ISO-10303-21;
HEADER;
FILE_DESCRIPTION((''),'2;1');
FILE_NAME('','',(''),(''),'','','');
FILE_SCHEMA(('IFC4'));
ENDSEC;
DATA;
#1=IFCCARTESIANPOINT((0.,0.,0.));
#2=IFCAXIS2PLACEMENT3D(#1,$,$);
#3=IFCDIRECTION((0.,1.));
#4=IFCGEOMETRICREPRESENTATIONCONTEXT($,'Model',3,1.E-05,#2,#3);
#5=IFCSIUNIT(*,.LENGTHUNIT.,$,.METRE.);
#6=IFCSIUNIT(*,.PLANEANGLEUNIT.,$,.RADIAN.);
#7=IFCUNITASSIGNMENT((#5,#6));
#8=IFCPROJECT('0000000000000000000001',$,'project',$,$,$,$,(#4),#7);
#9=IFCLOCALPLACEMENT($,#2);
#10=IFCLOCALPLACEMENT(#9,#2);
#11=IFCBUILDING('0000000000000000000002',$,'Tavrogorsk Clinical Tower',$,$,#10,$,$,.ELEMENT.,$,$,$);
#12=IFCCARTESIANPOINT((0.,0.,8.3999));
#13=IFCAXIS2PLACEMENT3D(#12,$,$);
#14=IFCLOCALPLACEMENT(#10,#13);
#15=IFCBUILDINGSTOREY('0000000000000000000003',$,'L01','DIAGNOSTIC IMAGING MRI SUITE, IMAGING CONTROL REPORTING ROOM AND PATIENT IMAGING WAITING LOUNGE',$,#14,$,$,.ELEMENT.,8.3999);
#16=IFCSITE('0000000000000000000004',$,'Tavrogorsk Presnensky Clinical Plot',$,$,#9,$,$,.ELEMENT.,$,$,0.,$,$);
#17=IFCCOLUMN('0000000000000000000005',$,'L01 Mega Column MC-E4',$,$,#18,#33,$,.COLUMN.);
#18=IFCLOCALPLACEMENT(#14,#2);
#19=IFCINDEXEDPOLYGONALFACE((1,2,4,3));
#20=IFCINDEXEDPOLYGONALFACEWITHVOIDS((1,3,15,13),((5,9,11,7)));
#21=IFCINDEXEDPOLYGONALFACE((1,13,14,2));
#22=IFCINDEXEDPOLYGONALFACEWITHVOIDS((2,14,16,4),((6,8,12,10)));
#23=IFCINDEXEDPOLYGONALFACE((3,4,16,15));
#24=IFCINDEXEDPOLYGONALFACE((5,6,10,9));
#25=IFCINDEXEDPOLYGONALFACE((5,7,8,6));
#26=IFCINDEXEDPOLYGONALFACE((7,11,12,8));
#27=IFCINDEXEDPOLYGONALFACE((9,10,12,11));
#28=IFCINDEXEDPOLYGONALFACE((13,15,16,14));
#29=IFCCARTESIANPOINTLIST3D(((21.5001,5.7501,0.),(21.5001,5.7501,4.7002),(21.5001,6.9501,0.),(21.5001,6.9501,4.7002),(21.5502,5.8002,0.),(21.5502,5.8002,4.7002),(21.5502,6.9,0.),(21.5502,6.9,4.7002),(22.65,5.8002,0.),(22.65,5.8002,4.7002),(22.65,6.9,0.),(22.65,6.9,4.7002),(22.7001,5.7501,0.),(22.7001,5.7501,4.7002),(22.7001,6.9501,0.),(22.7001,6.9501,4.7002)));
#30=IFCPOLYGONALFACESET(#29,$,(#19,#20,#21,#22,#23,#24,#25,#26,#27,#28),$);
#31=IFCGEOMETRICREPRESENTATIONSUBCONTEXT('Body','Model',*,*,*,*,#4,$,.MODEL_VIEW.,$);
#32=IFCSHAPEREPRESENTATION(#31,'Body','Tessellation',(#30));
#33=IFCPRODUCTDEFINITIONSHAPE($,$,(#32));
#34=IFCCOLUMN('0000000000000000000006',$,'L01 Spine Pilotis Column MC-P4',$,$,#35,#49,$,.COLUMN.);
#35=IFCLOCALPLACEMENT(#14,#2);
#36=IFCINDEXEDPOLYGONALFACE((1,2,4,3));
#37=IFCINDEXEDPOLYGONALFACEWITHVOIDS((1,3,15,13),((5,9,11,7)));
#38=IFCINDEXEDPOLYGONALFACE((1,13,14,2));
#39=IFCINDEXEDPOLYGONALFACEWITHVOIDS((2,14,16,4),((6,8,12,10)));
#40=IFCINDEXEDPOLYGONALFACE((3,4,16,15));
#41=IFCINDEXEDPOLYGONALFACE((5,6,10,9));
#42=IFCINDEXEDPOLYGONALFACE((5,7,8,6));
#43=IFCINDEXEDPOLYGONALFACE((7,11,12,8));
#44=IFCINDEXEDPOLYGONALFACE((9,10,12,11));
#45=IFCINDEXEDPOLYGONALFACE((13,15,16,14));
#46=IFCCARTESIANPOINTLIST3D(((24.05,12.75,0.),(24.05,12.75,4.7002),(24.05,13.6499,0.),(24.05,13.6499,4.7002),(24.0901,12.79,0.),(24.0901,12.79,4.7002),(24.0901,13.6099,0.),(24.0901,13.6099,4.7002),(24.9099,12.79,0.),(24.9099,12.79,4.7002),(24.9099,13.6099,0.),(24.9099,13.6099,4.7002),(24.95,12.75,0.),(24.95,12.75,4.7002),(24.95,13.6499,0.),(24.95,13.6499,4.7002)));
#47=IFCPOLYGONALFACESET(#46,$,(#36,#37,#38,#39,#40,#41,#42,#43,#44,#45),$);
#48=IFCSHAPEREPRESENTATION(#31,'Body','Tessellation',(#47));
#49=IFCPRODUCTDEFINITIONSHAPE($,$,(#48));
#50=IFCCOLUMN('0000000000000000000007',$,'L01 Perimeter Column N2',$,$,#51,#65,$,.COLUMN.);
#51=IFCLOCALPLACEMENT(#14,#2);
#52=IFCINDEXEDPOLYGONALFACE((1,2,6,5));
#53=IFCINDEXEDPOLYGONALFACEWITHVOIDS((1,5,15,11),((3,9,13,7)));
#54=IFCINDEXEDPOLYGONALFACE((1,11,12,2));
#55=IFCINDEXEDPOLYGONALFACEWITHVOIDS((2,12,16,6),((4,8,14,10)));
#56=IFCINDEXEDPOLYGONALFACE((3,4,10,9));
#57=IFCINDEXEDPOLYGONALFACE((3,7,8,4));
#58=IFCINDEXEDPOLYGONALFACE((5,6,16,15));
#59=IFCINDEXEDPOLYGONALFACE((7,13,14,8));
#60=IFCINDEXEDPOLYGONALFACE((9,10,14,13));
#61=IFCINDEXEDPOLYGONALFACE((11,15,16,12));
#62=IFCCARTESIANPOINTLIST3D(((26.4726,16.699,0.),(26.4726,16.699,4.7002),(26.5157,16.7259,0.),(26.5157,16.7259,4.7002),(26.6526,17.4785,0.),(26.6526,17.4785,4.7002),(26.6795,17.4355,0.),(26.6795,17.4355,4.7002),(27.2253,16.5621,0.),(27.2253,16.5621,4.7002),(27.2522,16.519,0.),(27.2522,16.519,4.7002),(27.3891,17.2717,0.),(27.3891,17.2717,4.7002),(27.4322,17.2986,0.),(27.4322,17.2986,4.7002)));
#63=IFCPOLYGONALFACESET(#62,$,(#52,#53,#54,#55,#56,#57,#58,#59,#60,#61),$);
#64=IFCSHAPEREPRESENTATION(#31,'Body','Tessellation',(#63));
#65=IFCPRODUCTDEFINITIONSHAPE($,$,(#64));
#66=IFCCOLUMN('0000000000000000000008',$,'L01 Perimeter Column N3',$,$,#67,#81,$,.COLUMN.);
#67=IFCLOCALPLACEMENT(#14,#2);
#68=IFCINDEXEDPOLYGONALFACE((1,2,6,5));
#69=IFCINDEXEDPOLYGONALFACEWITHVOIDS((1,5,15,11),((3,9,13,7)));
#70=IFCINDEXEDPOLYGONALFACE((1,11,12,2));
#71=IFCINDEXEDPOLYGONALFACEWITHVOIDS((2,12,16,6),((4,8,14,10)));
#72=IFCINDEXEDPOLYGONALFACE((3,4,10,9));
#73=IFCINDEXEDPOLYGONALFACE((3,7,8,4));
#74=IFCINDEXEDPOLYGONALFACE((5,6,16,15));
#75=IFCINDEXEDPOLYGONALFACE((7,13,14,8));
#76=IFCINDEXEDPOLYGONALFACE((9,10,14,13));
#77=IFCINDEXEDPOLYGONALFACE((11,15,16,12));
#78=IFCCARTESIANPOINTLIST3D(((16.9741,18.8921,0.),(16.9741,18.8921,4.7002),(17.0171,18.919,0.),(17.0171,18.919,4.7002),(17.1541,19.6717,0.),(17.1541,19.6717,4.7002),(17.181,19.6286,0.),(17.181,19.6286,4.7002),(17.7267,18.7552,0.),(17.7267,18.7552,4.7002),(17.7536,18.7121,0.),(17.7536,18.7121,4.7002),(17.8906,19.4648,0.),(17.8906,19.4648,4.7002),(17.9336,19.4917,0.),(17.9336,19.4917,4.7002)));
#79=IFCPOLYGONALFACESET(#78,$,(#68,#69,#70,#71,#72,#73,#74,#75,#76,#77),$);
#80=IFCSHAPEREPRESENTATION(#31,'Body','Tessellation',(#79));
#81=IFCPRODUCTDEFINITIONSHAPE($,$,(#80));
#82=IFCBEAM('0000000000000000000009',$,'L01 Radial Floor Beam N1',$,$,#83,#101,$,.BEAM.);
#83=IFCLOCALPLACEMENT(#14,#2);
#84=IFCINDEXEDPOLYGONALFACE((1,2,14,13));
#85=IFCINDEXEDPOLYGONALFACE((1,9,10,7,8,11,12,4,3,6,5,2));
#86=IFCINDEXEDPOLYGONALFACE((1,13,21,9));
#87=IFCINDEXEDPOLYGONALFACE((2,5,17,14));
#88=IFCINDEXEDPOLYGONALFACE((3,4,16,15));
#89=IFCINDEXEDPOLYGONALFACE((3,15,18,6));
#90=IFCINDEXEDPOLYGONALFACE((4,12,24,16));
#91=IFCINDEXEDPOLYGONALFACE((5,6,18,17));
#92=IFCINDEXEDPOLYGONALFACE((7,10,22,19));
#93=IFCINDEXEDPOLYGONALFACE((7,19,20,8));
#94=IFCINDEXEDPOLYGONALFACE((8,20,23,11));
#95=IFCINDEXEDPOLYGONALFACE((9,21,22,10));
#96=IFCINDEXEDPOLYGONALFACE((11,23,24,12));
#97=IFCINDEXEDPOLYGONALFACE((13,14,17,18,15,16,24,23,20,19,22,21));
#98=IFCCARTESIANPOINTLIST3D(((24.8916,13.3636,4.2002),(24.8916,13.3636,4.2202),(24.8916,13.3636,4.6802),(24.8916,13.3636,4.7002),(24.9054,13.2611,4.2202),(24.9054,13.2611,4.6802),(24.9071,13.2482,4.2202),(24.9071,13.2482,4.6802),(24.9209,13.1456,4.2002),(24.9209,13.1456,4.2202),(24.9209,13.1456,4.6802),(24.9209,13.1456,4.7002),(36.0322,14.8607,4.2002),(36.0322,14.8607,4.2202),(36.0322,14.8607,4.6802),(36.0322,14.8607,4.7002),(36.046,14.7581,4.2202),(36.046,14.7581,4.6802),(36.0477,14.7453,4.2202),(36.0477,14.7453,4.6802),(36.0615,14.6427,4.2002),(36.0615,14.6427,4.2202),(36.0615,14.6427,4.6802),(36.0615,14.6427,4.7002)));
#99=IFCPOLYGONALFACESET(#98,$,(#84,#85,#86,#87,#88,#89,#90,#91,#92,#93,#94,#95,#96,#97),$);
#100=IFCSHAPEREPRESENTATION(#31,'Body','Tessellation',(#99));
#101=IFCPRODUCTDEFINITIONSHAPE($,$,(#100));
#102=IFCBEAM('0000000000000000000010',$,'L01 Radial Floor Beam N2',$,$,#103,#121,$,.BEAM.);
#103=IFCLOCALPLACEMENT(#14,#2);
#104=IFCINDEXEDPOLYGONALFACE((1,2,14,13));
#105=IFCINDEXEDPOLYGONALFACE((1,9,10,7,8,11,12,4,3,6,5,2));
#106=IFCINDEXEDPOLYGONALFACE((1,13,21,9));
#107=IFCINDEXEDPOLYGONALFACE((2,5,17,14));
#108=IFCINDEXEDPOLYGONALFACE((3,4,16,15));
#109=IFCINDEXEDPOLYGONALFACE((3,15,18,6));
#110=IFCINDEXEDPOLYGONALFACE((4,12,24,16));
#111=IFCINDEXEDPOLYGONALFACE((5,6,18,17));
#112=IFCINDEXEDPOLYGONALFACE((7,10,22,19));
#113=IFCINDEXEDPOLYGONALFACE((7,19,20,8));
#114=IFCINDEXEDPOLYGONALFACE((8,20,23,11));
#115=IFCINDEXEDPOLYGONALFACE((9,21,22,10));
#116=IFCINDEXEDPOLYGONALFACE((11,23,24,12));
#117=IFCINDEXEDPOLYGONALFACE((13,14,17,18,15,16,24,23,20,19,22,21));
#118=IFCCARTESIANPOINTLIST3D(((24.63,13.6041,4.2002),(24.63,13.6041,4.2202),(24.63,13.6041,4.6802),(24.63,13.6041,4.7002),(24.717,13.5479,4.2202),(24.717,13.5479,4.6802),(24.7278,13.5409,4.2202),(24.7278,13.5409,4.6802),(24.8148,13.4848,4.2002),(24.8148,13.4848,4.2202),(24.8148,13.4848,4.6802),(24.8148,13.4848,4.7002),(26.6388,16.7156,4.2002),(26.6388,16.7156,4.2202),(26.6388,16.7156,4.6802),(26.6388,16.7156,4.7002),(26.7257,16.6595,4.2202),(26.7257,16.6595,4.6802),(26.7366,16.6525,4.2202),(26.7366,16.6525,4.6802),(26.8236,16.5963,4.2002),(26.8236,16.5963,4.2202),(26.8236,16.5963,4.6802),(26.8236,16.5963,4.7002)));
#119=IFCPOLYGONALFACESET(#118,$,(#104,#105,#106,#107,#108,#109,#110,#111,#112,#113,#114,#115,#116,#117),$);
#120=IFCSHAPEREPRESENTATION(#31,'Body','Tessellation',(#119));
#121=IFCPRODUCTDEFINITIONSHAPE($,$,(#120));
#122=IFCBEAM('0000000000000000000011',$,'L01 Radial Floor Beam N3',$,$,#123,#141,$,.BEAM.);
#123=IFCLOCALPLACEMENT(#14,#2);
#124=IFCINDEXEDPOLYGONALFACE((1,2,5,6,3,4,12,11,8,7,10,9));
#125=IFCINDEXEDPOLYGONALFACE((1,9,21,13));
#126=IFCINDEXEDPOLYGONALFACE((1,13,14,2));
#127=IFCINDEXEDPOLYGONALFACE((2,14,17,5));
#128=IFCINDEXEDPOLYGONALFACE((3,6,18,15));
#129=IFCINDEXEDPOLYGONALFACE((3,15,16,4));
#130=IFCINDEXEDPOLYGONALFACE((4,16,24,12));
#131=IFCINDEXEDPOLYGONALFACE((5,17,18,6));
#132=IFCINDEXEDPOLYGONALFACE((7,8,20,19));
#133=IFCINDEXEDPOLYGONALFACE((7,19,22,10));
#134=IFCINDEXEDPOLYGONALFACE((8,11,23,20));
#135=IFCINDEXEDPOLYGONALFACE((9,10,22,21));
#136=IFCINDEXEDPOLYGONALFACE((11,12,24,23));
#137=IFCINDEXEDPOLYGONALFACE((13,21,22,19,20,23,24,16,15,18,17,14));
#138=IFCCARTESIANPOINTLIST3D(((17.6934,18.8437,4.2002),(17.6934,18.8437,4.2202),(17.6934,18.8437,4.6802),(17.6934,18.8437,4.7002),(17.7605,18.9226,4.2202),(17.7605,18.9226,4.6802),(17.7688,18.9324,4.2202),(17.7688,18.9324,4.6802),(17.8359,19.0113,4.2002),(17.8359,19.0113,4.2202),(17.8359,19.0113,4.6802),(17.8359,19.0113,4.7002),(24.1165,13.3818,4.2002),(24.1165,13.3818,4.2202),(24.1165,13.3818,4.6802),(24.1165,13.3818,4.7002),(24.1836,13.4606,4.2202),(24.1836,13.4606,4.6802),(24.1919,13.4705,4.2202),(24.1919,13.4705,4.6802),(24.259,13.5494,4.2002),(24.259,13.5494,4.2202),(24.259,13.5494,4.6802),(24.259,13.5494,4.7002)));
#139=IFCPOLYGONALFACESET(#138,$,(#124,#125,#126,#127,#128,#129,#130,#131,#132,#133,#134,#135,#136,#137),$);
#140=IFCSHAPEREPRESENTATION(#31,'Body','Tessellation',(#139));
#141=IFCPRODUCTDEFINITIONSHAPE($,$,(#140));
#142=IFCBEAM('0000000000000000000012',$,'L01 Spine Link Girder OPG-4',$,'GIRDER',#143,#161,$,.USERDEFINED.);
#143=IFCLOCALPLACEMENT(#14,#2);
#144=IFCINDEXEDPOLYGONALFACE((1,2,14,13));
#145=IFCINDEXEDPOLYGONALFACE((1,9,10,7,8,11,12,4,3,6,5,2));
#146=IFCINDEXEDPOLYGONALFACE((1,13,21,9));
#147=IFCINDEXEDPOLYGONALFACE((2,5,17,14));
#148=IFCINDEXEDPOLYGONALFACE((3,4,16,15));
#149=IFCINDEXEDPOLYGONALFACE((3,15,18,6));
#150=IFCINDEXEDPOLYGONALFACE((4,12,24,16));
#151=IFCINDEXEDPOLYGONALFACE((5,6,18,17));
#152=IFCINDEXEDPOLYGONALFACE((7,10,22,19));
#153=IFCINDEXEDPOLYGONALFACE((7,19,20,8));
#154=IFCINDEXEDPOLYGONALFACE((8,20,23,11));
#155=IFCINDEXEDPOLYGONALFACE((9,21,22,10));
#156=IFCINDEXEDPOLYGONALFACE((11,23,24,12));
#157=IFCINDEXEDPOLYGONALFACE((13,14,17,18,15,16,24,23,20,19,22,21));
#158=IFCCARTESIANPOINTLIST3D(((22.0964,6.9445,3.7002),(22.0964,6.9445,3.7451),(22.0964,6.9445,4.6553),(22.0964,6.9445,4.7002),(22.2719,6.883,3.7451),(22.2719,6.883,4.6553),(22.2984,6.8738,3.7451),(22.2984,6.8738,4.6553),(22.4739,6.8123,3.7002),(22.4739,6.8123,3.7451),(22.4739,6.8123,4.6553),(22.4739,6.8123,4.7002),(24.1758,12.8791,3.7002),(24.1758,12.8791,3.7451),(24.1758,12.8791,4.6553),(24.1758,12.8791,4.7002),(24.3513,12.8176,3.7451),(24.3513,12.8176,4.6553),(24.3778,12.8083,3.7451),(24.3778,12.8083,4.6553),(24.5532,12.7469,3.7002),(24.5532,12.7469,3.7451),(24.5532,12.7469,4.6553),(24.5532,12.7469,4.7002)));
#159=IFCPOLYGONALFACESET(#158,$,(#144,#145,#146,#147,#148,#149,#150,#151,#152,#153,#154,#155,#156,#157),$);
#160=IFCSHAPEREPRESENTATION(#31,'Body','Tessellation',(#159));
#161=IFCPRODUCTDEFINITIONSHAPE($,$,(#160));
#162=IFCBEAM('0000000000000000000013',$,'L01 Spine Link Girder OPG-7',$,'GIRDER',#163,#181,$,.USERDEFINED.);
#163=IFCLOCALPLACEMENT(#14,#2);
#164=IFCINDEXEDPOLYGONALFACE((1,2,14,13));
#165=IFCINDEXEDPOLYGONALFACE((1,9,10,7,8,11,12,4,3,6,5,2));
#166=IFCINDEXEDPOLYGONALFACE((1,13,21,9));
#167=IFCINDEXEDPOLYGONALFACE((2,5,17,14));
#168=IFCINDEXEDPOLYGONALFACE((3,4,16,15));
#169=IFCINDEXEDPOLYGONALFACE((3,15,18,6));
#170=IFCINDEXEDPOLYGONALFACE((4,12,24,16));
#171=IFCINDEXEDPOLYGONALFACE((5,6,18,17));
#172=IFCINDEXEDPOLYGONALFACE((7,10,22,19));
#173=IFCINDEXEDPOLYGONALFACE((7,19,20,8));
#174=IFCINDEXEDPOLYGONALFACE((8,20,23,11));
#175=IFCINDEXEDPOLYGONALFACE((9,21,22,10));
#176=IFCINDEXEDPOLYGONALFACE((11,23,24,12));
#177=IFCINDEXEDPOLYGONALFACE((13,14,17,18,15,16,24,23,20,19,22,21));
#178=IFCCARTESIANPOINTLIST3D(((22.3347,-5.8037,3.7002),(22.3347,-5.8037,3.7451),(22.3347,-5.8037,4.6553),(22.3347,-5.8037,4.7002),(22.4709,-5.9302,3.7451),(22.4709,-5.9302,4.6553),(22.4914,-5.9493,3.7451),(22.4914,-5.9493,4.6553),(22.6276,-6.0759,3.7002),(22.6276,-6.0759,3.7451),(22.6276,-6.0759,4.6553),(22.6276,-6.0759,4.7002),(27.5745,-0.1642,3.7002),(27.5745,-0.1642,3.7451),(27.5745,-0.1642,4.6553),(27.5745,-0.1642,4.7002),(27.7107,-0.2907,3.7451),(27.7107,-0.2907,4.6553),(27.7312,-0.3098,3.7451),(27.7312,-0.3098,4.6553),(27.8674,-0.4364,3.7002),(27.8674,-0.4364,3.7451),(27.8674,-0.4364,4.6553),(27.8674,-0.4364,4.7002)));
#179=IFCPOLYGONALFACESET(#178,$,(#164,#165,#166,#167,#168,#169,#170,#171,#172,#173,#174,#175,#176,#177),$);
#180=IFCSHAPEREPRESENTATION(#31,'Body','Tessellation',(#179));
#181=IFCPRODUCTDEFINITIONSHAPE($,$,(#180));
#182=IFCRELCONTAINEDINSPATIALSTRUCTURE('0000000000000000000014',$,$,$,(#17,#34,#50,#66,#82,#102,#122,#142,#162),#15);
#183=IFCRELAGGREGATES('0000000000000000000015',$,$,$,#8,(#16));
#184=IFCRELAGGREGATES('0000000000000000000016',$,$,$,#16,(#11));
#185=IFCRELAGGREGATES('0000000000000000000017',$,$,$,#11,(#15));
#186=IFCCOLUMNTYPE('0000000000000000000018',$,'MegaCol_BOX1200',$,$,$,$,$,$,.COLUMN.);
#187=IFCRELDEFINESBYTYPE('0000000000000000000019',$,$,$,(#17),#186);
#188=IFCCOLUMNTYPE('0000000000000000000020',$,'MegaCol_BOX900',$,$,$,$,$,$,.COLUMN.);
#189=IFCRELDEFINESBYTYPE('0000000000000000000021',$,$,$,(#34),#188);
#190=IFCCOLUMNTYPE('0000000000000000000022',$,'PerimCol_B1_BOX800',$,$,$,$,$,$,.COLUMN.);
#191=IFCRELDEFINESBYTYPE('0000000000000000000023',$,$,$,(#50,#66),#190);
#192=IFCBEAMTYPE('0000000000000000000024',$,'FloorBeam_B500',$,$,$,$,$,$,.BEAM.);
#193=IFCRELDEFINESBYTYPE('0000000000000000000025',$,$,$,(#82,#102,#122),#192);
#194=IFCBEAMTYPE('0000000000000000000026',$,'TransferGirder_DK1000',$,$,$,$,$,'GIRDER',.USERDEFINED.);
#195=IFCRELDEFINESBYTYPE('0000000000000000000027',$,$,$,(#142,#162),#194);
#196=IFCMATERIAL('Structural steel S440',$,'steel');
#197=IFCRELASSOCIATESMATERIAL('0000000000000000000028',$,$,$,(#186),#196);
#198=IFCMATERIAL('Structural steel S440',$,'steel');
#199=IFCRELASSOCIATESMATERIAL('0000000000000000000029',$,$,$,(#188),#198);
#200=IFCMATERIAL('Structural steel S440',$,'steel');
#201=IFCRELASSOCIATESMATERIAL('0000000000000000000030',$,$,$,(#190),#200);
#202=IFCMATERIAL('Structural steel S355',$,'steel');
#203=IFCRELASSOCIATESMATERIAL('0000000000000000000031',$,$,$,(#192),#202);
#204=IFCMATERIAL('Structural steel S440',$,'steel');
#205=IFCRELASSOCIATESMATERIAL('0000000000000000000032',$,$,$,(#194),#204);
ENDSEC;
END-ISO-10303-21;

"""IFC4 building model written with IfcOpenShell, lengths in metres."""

from ifc_helpers import new_model, si_unit, direction, frame, origin, origin_2d, place, context, subcontext, project, spatial, hollow_rectangle, i_section, extrude, material, material_profile, profile_set, type_object, element, save


model = new_model("IFC4")

# Units and contexts
model_context = context("Model", 3, precision=1e-05, world=origin(), true_north=direction((0.0, 1.0)))
body_context = subcontext(model_context, "Body", "Model", "MODEL_VIEW")
ifc_project = project(units=[si_unit("LENGTHUNIT", "METRE"), si_unit("PLANEANGLEUNIT", "RADIAN")], contexts=[model_context])

# Site, building, storey
site_placement = place(None, origin())
site = spatial("IfcSite", under=ifc_project, at=site_placement, Name="Tavrogorsk Presnensky Clinical Plot", CompositionType="ELEMENT", RefElevation=0.0)
building_placement = place(site_placement, origin())
building = spatial("IfcBuilding", under=site, at=building_placement, Name="Tavrogorsk Clinical Tower", CompositionType="ELEMENT")
storey_placement = place(building_placement, frame((0.0, 0.0, 8.3999)))
storey = spatial("IfcBuildingStorey", under=building, at=storey_placement, Name="L01", Description="DIAGNOSTIC IMAGING MRI SUITE, IMAGING CONTROL REPORTING ROOM AND PATIENT IMAGING WAITING LOUNGE", CompositionType="ELEMENT", Elevation=8.3999)

# Columns
ifc_material_1 = material(Name="Structural steel S440", Category="steel")
ifc_material_profile_1 = material_profile(ifc_material_1, hollow_rectangle(XDim=1.2, YDim=1.2, WallThickness=0.05, at=origin_2d()), Name="BOX-1200x1200x50")
ifc_profile_set_1 = profile_set([ifc_material_profile_1], Name="Structural steel S440")
column_type_1 = type_object("IfcColumnType", Name="MegaCol_BOX1200", PredefinedType="COLUMN", material=ifc_profile_set_1)
column_1_placement = place(storey_placement, frame((22.1001, 6.3501, 0.0), z_axis=(0.0, 0.0, 1.0), x_axis=(1.0, 0.0, 0.0)))
element("IfcColumn", 1, at=column_1_placement, inside=storey, type_object=column_type_1, Name="L01 Mega Column MC-E4", PredefinedType="COLUMN", context=body_context, shape_type="SweptSolid", body=[
    extrude(hollow_rectangle(XDim=1.2, YDim=1.2, WallThickness=0.05, at=origin_2d()), origin(), (0.0, 0.0, 1.0), 4.7002),
])
ifc_material_2 = material(Name="Structural steel S440", Category="steel")
ifc_material_profile_2 = material_profile(ifc_material_2, hollow_rectangle(XDim=0.8999, YDim=0.8999, WallThickness=0.04, at=origin_2d()), Name="BOX-900x900x40")
ifc_profile_set_2 = profile_set([ifc_material_profile_2], Name="Structural steel S440")
column_type_2 = type_object("IfcColumnType", Name="MegaCol_BOX900", PredefinedType="COLUMN", material=ifc_profile_set_2)
column_2_placement = place(storey_placement, frame((24.5, 13.2, 0.0), z_axis=(0.0, 0.0, 1.0), x_axis=(1.0, 0.0, 0.0)))
element("IfcColumn", 2, at=column_2_placement, inside=storey, type_object=column_type_2, Name="L01 Spine Pilotis Column MC-P4", PredefinedType="COLUMN", context=body_context, shape_type="SweptSolid", body=[
    extrude(hollow_rectangle(XDim=0.8999, YDim=0.8999, WallThickness=0.04, at=origin_2d()), origin(), (0.0, 0.0, 1.0), 4.7002),
])
ifc_material_3 = material(Name="Structural steel S440", Category="steel")
ifc_material_profile_3 = material_profile(ifc_material_3, hollow_rectangle(XDim=0.8, YDim=0.8, WallThickness=0.0359, at=origin_2d()), Name="BOX-800x800x36")
ifc_profile_set_3 = profile_set([ifc_material_profile_3], Name="Structural steel S440")
column_type_3 = type_object("IfcColumnType", Name="PerimCol_B1_BOX800", PredefinedType="COLUMN", material=ifc_profile_set_3)
for number, where, z_axis, x_axis, name in (
    (3, (26.9524, 16.9988, 0.0), (0.0, 0.0, 1.0), (0.97437, -0.224951, 0.0), "L01 Perimeter Column N2"),
    (4, (17.4539, 19.1919, 0.0), (0.0, 0.0, 1.0), (0.97437, -0.224951, 0.0), "L01 Perimeter Column N3"),
):
    element("IfcColumn", number, at=place(storey_placement, frame(where, z_axis=z_axis, x_axis=x_axis)), inside=storey, type_object=column_type_3, Name=name, PredefinedType="COLUMN", context=body_context, shape_type="SweptSolid", body=[
        extrude(hollow_rectangle(XDim=0.8, YDim=0.8, WallThickness=0.0359, at=origin_2d()), origin(), (0.0, 0.0, 1.0), 4.7002),
    ])

# Beams
ifc_material_4 = material(Name="Structural steel S355", Category="steel")
ifc_material_profile_4 = material_profile(ifc_material_4, i_section(OverallWidth=0.22, OverallDepth=0.5, WebThickness=0.0129, FlangeThickness=0.02, at=origin_2d()), Name="B-500x220x13x20")
ifc_profile_set_4 = profile_set([ifc_material_profile_4], Name="Structural steel S355")
beam_type_1 = type_object("IfcBeamType", Name="FloorBeam_B500", PredefinedType="BEAM", material=ifc_profile_set_4)
beam_1_placement = place(storey_placement, frame((24.9062, 13.2546, 4.4502), z_axis=(0.991092, 0.133182, 0.0), x_axis=(-0.133182, 0.991092, 0.0)))
element("IfcBeam", 5, at=beam_1_placement, inside=storey, type_object=beam_type_1, Name="L01 Radial Floor Beam N1", PredefinedType="BEAM", context=body_context, shape_type="SweptSolid", body=[
    extrude(i_section(OverallWidth=0.22, OverallDepth=0.5, WebThickness=0.0129, FlangeThickness=0.02, at=origin_2d()), origin(), (0.0, 0.0, 1.0), 11.2407),
])
beam_2_placement = place(storey_placement, frame((24.7224, 13.5444, 4.4502), z_axis=(0.542379, 0.840134, 0.0), x_axis=(-0.840134, 0.542379, 0.0)))
element("IfcBeam", 6, at=beam_2_placement, inside=storey, type_object=beam_type_1, Name="L01 Radial Floor Beam N2", PredefinedType="BEAM", context=body_context, shape_type="SweptSolid", body=[
    extrude(i_section(OverallWidth=0.22, OverallDepth=0.5, WebThickness=0.0129, FlangeThickness=0.02, at=origin_2d()), origin(), (0.0, 0.0, 1.0), 3.7036),
])
beam_3_placement = place(storey_placement, frame((24.1877, 13.4656, 4.4502), z_axis=(-0.761806, 0.647806, 0.0), x_axis=(-0.647806, -0.761806, 0.0)))
element("IfcBeam", 7, at=beam_3_placement, inside=storey, type_object=beam_type_1, Name="L01 Radial Floor Beam N3", PredefinedType="BEAM", context=body_context, shape_type="SweptSolid", body=[
    extrude(i_section(OverallWidth=0.22, OverallDepth=0.5, WebThickness=0.0129, FlangeThickness=0.02, at=origin_2d()), origin(), (0.0, 0.0, 1.0), 8.4314),
])
ifc_material_5 = material(Name="Structural steel S440", Category="steel")
ifc_material_profile_5 = material_profile(ifc_material_5, i_section(OverallWidth=0.3999, OverallDepth=1.0, WebThickness=0.0281, FlangeThickness=0.0449, at=origin_2d()), Name="DK-1000x400x28x45")
ifc_profile_set_5 = profile_set([ifc_material_profile_5], Name="Structural steel S440")
beam_type_2 = type_object("IfcBeamType", Name="TransferGirder_DK1000", ElementType="GIRDER", PredefinedType="USERDEFINED", material=ifc_profile_set_5)
beam_4_placement = place(storey_placement, frame((24.3645, 12.813, 4.2002), z_axis=(-0.330669, -0.943747, 0.0), x_axis=(0.943747, -0.330669, 0.0)))
element("IfcBeam", 8, at=beam_4_placement, inside=storey, type_object=beam_type_2, Name="L01 Spine Link Girder OPG-4", ObjectType="GIRDER", PredefinedType="USERDEFINED", context=body_context, shape_type="SweptSolid", body=[
    extrude(i_section(OverallWidth=0.3999, OverallDepth=1.0, WebThickness=0.0281, FlangeThickness=0.0449, at=origin_2d()), origin(), (0.0, 0.0, 1.0), 6.2883),
])
beam_5_placement = place(storey_placement, frame((27.7209, -0.3003, 4.2002), z_axis=(-0.680671, -0.732589, 0.0), x_axis=(0.732589, -0.680671, 0.0)))
element("IfcBeam", 9, at=beam_5_placement, inside=storey, type_object=beam_type_2, Name="L01 Spine Link Girder OPG-7", ObjectType="GIRDER", PredefinedType="USERDEFINED", context=body_context, shape_type="SweptSolid", body=[
    extrude(i_section(OverallWidth=0.3999, OverallDepth=1.0, WebThickness=0.0281, FlangeThickness=0.0449, at=origin_2d()), origin(), (0.0, 0.0, 1.0), 7.698),
])

save(model, "model.ifc")
